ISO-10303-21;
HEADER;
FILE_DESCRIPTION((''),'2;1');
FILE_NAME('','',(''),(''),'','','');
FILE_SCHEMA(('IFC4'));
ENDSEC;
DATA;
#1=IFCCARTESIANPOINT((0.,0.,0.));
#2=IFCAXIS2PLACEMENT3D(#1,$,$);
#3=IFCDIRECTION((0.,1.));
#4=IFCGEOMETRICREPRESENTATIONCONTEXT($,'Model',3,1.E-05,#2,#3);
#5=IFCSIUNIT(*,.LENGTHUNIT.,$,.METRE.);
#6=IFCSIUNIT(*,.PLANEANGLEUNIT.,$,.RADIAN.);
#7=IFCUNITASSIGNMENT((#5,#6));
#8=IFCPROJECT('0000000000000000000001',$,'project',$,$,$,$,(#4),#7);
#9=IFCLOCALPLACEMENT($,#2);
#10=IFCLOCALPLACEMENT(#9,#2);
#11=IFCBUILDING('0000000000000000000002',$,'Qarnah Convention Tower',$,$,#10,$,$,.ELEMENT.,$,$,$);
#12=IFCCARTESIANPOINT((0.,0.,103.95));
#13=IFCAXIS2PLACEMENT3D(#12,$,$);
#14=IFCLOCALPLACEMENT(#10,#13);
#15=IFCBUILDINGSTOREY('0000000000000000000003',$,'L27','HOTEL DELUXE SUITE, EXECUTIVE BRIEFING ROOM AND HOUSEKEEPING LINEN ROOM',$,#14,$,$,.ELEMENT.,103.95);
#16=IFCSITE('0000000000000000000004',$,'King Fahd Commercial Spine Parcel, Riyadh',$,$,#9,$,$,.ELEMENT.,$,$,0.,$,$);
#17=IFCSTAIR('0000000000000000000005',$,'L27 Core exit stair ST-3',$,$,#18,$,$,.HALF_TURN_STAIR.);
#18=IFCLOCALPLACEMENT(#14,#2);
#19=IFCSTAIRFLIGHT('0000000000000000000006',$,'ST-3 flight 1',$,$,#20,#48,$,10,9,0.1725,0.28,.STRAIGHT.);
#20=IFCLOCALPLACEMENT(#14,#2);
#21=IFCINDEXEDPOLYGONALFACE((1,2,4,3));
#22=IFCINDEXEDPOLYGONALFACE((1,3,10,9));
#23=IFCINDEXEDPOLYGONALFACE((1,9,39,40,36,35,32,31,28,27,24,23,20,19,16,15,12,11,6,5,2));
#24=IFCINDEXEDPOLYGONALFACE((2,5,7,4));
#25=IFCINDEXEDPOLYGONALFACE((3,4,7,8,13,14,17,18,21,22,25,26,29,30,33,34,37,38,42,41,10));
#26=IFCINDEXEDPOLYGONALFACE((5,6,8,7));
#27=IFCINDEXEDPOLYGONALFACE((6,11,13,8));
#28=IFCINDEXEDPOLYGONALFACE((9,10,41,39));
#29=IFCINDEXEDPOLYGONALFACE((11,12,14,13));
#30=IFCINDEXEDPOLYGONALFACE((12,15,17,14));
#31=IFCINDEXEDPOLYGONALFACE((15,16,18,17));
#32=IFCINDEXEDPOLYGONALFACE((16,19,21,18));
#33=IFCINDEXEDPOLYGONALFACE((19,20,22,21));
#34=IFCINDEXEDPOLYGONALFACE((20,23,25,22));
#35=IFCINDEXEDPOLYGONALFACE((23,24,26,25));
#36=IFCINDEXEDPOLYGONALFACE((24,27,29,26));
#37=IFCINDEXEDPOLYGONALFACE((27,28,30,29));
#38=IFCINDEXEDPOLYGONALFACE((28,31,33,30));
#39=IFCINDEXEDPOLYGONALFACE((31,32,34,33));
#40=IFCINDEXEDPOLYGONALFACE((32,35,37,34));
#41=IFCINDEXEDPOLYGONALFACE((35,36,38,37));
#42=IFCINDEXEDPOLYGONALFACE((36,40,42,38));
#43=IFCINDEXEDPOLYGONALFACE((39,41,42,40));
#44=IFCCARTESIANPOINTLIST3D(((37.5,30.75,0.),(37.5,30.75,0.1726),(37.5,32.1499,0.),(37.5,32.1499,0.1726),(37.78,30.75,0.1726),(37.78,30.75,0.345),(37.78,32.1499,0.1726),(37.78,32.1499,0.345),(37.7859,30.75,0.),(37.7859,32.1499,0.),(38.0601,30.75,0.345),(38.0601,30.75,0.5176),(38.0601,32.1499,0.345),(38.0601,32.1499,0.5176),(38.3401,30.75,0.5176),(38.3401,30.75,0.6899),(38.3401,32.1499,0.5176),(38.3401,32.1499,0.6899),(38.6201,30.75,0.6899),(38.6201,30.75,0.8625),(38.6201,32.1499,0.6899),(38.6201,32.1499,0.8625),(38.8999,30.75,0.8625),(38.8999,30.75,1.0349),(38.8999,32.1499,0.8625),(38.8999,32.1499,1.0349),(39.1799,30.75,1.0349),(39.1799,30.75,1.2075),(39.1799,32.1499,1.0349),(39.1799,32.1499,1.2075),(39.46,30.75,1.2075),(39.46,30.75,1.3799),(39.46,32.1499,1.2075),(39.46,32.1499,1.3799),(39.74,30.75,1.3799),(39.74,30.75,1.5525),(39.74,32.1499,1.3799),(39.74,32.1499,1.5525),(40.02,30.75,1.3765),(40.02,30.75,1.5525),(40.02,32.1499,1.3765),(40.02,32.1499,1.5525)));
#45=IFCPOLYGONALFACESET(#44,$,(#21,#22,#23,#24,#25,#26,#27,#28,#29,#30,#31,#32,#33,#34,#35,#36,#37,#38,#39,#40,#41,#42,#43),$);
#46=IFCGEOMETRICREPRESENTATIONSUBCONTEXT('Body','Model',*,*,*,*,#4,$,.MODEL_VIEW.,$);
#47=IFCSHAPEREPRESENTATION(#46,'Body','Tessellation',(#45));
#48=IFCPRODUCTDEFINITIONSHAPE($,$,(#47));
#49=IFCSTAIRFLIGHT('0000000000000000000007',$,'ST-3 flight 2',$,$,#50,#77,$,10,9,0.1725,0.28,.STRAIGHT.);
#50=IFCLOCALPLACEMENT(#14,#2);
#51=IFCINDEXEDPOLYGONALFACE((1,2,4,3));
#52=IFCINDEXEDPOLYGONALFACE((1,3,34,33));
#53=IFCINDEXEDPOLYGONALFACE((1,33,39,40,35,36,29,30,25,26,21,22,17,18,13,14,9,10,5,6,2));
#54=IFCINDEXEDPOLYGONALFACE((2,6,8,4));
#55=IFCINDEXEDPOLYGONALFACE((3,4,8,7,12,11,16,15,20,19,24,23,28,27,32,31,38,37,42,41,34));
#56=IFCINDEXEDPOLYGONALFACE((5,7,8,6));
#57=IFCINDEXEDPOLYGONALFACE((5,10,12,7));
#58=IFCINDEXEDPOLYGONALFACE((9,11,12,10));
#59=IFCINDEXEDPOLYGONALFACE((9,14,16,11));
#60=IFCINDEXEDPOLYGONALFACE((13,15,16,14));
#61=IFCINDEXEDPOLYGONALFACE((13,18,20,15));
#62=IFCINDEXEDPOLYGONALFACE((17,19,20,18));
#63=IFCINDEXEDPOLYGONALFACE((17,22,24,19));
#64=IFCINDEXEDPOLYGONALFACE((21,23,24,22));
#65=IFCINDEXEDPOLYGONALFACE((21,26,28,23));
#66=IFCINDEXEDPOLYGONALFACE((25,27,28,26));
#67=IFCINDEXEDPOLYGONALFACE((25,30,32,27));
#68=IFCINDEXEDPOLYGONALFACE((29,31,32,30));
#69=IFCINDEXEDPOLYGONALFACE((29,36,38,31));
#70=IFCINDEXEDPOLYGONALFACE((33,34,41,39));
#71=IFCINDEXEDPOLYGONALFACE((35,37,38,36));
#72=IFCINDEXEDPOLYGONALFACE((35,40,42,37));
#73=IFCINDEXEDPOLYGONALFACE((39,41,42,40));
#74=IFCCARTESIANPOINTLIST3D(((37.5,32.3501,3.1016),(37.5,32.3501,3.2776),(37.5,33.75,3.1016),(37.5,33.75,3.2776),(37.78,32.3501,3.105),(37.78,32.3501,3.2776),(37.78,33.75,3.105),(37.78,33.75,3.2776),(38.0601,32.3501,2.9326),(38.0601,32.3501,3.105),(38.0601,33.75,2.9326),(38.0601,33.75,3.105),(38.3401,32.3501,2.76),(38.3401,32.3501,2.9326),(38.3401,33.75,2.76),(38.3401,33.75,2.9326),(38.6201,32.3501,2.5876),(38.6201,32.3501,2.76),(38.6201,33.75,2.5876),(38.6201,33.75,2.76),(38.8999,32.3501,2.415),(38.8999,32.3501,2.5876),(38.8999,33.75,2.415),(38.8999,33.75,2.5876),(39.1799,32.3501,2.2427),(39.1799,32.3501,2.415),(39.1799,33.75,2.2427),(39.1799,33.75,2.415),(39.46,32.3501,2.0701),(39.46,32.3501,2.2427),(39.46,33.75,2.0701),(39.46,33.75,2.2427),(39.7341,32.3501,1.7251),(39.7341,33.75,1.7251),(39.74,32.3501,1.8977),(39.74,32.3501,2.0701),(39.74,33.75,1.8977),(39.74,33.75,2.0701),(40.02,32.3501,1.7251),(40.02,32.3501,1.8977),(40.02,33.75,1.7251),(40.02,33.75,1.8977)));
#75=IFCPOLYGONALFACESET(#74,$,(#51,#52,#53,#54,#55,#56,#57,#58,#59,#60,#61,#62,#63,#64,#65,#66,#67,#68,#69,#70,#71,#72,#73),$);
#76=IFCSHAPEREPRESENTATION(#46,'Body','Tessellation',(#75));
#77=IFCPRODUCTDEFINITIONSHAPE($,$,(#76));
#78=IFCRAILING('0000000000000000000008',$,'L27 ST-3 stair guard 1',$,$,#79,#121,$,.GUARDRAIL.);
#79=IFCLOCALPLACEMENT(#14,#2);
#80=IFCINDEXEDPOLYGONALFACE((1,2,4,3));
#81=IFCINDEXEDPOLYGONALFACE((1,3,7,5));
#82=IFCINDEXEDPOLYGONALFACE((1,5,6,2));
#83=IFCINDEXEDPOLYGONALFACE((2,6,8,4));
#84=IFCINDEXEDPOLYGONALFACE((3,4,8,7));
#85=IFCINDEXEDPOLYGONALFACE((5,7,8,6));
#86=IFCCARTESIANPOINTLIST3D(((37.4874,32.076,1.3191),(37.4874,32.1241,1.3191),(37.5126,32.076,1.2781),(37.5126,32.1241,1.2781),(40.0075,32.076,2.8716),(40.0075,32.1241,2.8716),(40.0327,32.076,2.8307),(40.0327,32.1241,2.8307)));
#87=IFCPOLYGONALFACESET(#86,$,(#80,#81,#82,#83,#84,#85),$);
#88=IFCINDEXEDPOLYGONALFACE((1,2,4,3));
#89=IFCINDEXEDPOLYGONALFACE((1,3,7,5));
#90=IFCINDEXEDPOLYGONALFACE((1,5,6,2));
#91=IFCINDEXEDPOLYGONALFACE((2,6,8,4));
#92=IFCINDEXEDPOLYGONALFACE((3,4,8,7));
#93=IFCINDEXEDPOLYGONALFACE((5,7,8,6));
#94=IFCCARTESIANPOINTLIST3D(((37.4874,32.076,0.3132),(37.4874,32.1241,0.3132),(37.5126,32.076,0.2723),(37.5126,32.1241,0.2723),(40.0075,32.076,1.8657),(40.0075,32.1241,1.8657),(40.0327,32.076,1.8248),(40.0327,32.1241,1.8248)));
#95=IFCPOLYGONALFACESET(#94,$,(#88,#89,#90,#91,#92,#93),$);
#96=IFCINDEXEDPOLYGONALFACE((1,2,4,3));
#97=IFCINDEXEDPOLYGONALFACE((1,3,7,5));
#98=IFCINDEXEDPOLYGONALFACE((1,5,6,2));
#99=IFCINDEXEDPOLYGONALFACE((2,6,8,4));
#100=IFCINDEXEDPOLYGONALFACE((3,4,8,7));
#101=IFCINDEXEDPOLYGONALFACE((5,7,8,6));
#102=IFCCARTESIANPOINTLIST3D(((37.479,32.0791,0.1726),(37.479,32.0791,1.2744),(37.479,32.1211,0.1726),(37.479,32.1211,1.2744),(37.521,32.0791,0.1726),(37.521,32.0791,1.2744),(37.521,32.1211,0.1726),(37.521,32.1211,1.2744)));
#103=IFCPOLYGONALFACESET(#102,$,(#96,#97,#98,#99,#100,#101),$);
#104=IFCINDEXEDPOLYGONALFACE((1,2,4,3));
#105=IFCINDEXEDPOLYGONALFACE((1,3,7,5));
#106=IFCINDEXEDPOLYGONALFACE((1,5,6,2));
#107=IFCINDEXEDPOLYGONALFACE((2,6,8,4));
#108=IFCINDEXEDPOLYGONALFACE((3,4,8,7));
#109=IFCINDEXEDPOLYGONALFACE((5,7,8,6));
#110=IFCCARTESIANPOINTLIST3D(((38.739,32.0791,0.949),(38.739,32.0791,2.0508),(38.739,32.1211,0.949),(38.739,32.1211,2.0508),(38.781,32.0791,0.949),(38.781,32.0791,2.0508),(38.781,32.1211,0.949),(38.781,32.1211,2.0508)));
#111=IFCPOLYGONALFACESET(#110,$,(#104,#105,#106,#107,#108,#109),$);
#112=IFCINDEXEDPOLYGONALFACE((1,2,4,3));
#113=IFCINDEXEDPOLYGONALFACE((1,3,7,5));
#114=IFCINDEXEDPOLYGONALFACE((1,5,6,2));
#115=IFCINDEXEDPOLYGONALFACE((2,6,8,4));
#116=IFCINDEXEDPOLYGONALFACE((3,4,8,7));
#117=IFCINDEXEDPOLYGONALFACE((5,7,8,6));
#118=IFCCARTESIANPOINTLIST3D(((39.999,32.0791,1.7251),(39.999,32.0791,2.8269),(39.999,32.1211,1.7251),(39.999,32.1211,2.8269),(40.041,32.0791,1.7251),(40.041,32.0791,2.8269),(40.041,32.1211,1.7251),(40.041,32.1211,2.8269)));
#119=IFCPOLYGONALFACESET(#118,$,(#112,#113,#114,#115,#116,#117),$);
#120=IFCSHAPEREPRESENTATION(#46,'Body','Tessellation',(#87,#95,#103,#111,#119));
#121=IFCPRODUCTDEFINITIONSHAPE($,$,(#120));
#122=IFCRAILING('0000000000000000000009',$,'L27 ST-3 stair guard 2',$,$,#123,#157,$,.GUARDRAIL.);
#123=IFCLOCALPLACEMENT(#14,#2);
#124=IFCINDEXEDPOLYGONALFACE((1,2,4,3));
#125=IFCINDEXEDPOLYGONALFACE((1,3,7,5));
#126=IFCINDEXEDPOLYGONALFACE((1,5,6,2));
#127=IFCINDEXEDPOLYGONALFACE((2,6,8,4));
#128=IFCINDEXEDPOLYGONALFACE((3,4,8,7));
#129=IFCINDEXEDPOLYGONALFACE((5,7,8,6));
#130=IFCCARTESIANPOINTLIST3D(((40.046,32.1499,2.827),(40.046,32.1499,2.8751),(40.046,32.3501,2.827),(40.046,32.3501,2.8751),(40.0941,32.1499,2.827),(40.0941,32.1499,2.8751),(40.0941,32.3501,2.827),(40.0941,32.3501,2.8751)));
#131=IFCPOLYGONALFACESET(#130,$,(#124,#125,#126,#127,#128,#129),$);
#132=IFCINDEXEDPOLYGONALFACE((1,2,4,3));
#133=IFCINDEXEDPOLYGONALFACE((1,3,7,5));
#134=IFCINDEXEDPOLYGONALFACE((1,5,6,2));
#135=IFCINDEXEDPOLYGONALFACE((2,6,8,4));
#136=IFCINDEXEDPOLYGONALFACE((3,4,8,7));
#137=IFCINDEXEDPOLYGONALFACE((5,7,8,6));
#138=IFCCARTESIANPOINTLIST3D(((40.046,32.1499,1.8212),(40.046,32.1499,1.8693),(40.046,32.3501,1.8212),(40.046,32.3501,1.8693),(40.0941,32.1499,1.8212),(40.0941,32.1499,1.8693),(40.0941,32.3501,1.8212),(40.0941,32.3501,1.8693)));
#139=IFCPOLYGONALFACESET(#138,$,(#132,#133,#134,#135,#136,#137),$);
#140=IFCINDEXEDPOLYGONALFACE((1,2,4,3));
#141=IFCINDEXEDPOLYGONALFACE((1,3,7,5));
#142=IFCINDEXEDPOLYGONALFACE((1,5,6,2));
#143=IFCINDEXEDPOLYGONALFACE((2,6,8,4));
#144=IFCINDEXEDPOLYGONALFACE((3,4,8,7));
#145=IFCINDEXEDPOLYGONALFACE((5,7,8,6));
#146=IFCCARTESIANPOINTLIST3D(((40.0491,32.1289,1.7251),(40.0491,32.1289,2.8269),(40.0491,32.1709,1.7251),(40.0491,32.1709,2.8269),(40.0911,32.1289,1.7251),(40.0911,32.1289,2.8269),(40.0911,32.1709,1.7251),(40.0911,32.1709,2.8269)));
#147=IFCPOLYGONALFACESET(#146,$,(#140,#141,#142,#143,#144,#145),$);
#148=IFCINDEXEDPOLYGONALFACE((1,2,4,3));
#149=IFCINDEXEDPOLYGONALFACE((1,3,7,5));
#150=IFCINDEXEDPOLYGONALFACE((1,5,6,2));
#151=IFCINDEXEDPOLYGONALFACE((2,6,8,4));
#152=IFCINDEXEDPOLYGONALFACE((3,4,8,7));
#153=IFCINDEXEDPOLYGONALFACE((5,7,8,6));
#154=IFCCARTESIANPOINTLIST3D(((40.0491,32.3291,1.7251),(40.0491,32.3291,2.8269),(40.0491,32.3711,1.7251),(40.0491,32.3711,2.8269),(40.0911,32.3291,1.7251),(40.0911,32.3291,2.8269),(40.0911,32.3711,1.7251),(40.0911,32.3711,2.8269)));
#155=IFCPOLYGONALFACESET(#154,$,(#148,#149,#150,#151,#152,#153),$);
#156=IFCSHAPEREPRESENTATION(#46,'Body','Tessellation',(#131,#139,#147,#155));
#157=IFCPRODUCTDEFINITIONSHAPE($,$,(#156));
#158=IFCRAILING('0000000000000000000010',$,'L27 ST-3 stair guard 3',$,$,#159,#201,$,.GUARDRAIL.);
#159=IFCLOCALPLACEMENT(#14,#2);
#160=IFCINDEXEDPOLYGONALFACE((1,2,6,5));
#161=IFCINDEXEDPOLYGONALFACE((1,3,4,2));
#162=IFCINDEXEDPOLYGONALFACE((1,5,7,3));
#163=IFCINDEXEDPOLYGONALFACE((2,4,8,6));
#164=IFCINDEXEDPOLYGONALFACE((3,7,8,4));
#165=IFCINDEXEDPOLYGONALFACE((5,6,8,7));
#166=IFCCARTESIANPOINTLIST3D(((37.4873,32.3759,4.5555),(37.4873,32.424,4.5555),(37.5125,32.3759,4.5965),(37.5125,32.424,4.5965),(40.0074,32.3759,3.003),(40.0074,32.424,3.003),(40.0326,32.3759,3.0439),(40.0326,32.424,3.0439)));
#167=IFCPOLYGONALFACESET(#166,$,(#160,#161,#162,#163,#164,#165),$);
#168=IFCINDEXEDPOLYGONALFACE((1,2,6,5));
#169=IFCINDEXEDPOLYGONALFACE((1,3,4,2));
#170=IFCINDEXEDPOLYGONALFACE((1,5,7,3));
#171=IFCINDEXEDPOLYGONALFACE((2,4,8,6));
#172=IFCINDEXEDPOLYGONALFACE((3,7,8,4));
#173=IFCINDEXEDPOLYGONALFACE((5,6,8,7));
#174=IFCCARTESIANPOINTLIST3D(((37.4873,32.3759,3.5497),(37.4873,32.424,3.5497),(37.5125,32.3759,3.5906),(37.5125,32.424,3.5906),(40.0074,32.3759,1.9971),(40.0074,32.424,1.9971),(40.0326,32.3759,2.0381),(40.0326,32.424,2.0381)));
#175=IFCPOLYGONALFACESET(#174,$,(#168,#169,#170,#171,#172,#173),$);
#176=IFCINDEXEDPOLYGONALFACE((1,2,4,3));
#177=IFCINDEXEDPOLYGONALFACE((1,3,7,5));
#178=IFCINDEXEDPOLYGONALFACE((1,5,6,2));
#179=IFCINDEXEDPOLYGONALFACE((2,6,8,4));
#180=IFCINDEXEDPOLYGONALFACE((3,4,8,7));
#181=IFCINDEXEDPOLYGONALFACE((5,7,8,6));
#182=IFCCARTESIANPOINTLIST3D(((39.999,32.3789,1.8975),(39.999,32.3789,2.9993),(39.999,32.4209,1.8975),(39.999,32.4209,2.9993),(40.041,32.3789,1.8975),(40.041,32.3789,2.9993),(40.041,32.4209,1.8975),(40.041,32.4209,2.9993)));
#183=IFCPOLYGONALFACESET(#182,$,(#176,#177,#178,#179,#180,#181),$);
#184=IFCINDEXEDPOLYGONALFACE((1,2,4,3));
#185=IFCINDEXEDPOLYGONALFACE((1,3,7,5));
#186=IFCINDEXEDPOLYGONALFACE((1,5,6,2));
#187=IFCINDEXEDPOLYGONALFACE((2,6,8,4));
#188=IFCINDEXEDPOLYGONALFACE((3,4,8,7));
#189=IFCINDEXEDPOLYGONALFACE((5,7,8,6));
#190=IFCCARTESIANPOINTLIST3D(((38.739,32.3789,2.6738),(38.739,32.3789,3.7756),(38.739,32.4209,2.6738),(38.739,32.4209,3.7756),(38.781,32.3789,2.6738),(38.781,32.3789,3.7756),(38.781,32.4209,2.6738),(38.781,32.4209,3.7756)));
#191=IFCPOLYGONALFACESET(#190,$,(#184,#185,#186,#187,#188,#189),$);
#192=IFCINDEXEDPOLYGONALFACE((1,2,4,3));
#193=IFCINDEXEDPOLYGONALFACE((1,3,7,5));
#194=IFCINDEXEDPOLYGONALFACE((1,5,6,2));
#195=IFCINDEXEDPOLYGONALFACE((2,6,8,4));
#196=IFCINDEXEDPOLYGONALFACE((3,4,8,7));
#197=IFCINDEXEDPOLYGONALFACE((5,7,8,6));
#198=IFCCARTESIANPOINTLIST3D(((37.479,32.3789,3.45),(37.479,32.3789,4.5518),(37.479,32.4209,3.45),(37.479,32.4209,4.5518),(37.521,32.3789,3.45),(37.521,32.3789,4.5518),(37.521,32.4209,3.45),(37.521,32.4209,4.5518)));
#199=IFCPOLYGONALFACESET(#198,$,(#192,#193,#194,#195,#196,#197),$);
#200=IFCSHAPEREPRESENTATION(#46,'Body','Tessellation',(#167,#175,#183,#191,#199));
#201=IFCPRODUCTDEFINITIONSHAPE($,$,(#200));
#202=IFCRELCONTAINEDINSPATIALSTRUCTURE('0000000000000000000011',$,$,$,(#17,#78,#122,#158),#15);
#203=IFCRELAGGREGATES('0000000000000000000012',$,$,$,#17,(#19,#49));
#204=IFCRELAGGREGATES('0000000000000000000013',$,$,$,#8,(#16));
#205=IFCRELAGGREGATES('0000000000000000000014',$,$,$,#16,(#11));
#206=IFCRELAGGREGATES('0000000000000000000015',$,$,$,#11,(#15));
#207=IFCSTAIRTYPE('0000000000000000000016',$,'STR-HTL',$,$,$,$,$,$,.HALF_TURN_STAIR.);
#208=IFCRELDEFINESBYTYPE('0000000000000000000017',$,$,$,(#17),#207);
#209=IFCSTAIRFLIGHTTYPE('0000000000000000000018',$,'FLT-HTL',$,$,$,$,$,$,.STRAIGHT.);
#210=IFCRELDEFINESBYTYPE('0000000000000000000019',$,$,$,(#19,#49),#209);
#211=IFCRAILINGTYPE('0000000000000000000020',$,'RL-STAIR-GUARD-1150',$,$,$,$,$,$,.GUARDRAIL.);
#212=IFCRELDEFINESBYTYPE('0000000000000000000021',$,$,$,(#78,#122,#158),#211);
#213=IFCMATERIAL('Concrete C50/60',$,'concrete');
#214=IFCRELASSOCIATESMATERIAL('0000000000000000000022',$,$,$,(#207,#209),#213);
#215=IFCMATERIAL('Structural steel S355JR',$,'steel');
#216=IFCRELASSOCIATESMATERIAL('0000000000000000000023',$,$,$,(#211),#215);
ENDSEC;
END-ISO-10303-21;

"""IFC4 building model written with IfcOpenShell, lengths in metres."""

from ifc_helpers import new_model, si_unit, direction, frame, origin, origin_2d, place, context, subcontext, project, spatial, polyline, rectangle, outline, extrude, material, type_object, element, aggregate, save


model = new_model("IFC4")

# Units and contexts
model_context = context("Model", 3, precision=1e-05, world=origin(), true_north=direction((0.0, 1.0)))
body_context = subcontext(model_context, "Body", "Model", "MODEL_VIEW")
ifc_project = project(units=[si_unit("LENGTHUNIT", "METRE"), si_unit("PLANEANGLEUNIT", "RADIAN")], contexts=[model_context])

# Site, building, storey
site_placement = place(None, origin())
site = spatial("IfcSite", under=ifc_project, at=site_placement, Name="King Fahd Commercial Spine Parcel, Riyadh", CompositionType="ELEMENT", RefElevation=0.0)
building_placement = place(site_placement, origin())
building = spatial("IfcBuilding", under=site, at=building_placement, Name="Qarnah Convention Tower", CompositionType="ELEMENT")
storey_placement = place(building_placement, frame((0.0, 0.0, 103.95)))
storey = spatial("IfcBuildingStorey", under=building, at=storey_placement, Name="L27", Description="HOTEL DELUXE SUITE, EXECUTIVE BRIEFING ROOM AND HOUSEKEEPING LINEN ROOM", CompositionType="ELEMENT", Elevation=103.95)

# Shared definitions
ifc_material_1 = material(Name="Structural steel S355JR", Category="steel")

# Stair, stair flights
ifc_material_2 = material(Name="Concrete C50/60", Category="concrete")
stair_type = type_object("IfcStairType", Name="STR-HTL", PredefinedType="HALF_TURN_STAIR", material=ifc_material_2)
stair_placement = place(storey_placement, origin())
stair = element("IfcStair", 1, at=stair_placement, inside=storey, type_object=stair_type, Name="L27 Core exit stair ST-3", PredefinedType="HALF_TURN_STAIR")
stair_flight_type = type_object("IfcStairFlightType", Name="FLT-HTL", PredefinedType="STRAIGHT", material=ifc_material_2)
stair_flight_1_placement = place(storey_placement, frame((37.5, 31.45, 0.0), z_axis=(0.0, 0.0, 1.0), x_axis=(1.0, 0.0, 0.0)))
stair_flight_1 = element("IfcStairFlight", 2, at=stair_flight_1_placement, type_object=stair_flight_type, Name="ST-3 flight 1", NumberOfRisers=10, NumberOfTreads=9, PredefinedType="STRAIGHT", RiserHeight=0.1725, TreadLength=0.28, context=body_context, shape_type="SweptSolid", body=[
    extrude(outline(polyline([(0.0, 0.0), (0.0, 0.1726), (0.28, 0.1726), (0.28, 0.345), (0.5601, 0.345), (0.5601, 0.5176), (0.8401, 0.5176), (0.8401, 0.6899), (1.1201, 0.6899), (1.1201, 0.8625), (1.3999, 0.8625), (1.3999, 1.0349), (1.6799, 1.0349), (1.6799, 1.2075), (1.96, 1.2075), (1.96, 1.3799), (2.24, 1.3799), (2.24, 1.5525), (2.52, 1.5525), (2.52, 1.7251), (2.52, 1.3765), (0.2859, 0.0), (0.0, 0.0)])), frame((0.0, 0.7, 0.0), z_axis=(0.0, -1.0, 0.0), x_axis=(1.0, 0.0, 0.0)), (0.0, 0.0, 1.0), 1.3999),
])
stair_flight_2_placement = place(storey_placement, frame((40.02, 33.05, 1.7251), z_axis=(0.0, 0.0, 1.0), x_axis=(-1.0, 0.0, 0.0)))
stair_flight_2 = element("IfcStairFlight", 3, at=stair_flight_2_placement, type_object=stair_flight_type, Name="ST-3 flight 2", NumberOfRisers=10, NumberOfTreads=9, PredefinedType="STRAIGHT", RiserHeight=0.1725, TreadLength=0.28, context=body_context, shape_type="SweptSolid", body=[
    extrude(outline(polyline([(0.0, 0.0), (0.0, 0.1726), (0.28, 0.1726), (0.28, 0.345), (0.5601, 0.345), (0.5601, 0.5176), (0.8401, 0.5176), (0.8401, 0.6899), (1.1201, 0.6899), (1.1201, 0.8625), (1.3999, 0.8625), (1.3999, 1.0349), (1.6799, 1.0349), (1.6799, 1.2075), (1.96, 1.2075), (1.96, 1.3799), (2.24, 1.3799), (2.24, 1.5525), (2.52, 1.5525), (2.52, 1.7251), (2.52, 1.3765), (0.2859, 0.0), (0.0, 0.0)])), frame((0.0, 0.7, 0.0), z_axis=(0.0, -1.0, 0.0), x_axis=(1.0, 0.0, 0.0)), (0.0, 0.0, 1.0), 1.3999),
])
aggregate(stair, [stair_flight_1, stair_flight_2])

# Railings
railing_type_1 = type_object("IfcRailingType", Name="RL-STAIR-GUARD-1150", PredefinedType="GUARDRAIL", material=ifc_material_1)
railing_1_placement = place(storey_placement, frame((37.5, 32.1001, 0.1726)))
element("IfcRailing", 4, at=railing_1_placement, inside=storey, type_object=railing_type_1, Name="L27 ST-3 stair guard 1", PredefinedType="GUARDRAIL", context=body_context, shape_type="SweptSolid", body=[
    extrude(rectangle(XDim=0.0481, YDim=0.0481, at=origin_2d()), frame((0.0, 0.0, 1.126), z_axis=(0.8514, 0.0, 0.524516), x_axis=(0.0, 1.0, 0.0)), (0.0, 0.0, 1.0), 2.96),
    extrude(rectangle(XDim=0.0481, YDim=0.0481, at=origin_2d()), frame((0.0, 0.0, 0.1201), z_axis=(0.8514, 0.0, 0.524516), x_axis=(0.0, 1.0, 0.0)), (0.0, 0.0, 1.0), 2.96),
    extrude(rectangle(XDim=0.042, YDim=0.042, at=origin_2d()), origin(), (0.0, 0.0, 1.0), 1.1018),
    extrude(rectangle(XDim=0.042, YDim=0.042, at=origin_2d()), frame((1.26, 0.0, 0.7764)), (0.0, 0.0, 1.0), 1.1018),
    extrude(rectangle(XDim=0.042, YDim=0.042, at=origin_2d()), frame((2.52, 0.0, 1.5525)), (0.0, 0.0, 1.0), 1.1018),
])
railing_2_placement = place(storey_placement, frame((40.0701, 32.1499, 1.7251)))
element("IfcRailing", 5, at=railing_2_placement, inside=storey, type_object=railing_type_1, Name="L27 ST-3 stair guard 2", PredefinedType="GUARDRAIL", context=body_context, shape_type="SweptSolid", body=[
    extrude(rectangle(XDim=0.0481, YDim=0.0481, at=origin_2d()), frame((0.0, 0.0, 1.126), z_axis=(0.0, 1.0, 0.0), x_axis=(-1.0, 0.0, 0.0)), (0.0, 0.0, 1.0), 0.2002),
    extrude(rectangle(XDim=0.0481, YDim=0.0481, at=origin_2d()), frame((0.0, 0.0, 0.1201), z_axis=(0.0, 1.0, 0.0), x_axis=(-1.0, 0.0, 0.0)), (0.0, 0.0, 1.0), 0.2002),
    extrude(rectangle(XDim=0.042, YDim=0.042, at=origin_2d()), origin(), (0.0, 0.0, 1.0), 1.1018),
    extrude(rectangle(XDim=0.042, YDim=0.042, at=origin_2d()), frame((0.0, 0.2002, 0.0)), (0.0, 0.0, 1.0), 1.1018),
])
railing_3_placement = place(storey_placement, frame((40.02, 32.3999, 1.8975)))
element("IfcRailing", 6, at=railing_3_placement, inside=storey, type_object=railing_type_1, Name="L27 ST-3 stair guard 3", PredefinedType="GUARDRAIL", context=body_context, shape_type="SweptSolid", body=[
    extrude(rectangle(XDim=0.0481, YDim=0.0481, at=origin_2d()), frame((0.0, 0.0, 1.126), z_axis=(-0.8514, 0.0, 0.524516), x_axis=(0.0, -1.0, 0.0)), (0.0, 0.0, 1.0), 2.96),
    extrude(rectangle(XDim=0.0481, YDim=0.0481, at=origin_2d()), frame((0.0, 0.0, 0.1201), z_axis=(-0.8514, 0.0, 0.524516), x_axis=(0.0, -1.0, 0.0)), (0.0, 0.0, 1.0), 2.96),
    extrude(rectangle(XDim=0.042, YDim=0.042, at=origin_2d()), origin(), (0.0, 0.0, 1.0), 1.1018),
    extrude(rectangle(XDim=0.042, YDim=0.042, at=origin_2d()), frame((-1.26, 0.0, 0.7764)), (0.0, 0.0, 1.0), 1.1018),
    extrude(rectangle(XDim=0.042, YDim=0.042, at=origin_2d()), frame((-2.52, 0.0, 1.5525)), (0.0, 0.0, 1.0), 1.1018),
])

save(model, "model.ifc")
